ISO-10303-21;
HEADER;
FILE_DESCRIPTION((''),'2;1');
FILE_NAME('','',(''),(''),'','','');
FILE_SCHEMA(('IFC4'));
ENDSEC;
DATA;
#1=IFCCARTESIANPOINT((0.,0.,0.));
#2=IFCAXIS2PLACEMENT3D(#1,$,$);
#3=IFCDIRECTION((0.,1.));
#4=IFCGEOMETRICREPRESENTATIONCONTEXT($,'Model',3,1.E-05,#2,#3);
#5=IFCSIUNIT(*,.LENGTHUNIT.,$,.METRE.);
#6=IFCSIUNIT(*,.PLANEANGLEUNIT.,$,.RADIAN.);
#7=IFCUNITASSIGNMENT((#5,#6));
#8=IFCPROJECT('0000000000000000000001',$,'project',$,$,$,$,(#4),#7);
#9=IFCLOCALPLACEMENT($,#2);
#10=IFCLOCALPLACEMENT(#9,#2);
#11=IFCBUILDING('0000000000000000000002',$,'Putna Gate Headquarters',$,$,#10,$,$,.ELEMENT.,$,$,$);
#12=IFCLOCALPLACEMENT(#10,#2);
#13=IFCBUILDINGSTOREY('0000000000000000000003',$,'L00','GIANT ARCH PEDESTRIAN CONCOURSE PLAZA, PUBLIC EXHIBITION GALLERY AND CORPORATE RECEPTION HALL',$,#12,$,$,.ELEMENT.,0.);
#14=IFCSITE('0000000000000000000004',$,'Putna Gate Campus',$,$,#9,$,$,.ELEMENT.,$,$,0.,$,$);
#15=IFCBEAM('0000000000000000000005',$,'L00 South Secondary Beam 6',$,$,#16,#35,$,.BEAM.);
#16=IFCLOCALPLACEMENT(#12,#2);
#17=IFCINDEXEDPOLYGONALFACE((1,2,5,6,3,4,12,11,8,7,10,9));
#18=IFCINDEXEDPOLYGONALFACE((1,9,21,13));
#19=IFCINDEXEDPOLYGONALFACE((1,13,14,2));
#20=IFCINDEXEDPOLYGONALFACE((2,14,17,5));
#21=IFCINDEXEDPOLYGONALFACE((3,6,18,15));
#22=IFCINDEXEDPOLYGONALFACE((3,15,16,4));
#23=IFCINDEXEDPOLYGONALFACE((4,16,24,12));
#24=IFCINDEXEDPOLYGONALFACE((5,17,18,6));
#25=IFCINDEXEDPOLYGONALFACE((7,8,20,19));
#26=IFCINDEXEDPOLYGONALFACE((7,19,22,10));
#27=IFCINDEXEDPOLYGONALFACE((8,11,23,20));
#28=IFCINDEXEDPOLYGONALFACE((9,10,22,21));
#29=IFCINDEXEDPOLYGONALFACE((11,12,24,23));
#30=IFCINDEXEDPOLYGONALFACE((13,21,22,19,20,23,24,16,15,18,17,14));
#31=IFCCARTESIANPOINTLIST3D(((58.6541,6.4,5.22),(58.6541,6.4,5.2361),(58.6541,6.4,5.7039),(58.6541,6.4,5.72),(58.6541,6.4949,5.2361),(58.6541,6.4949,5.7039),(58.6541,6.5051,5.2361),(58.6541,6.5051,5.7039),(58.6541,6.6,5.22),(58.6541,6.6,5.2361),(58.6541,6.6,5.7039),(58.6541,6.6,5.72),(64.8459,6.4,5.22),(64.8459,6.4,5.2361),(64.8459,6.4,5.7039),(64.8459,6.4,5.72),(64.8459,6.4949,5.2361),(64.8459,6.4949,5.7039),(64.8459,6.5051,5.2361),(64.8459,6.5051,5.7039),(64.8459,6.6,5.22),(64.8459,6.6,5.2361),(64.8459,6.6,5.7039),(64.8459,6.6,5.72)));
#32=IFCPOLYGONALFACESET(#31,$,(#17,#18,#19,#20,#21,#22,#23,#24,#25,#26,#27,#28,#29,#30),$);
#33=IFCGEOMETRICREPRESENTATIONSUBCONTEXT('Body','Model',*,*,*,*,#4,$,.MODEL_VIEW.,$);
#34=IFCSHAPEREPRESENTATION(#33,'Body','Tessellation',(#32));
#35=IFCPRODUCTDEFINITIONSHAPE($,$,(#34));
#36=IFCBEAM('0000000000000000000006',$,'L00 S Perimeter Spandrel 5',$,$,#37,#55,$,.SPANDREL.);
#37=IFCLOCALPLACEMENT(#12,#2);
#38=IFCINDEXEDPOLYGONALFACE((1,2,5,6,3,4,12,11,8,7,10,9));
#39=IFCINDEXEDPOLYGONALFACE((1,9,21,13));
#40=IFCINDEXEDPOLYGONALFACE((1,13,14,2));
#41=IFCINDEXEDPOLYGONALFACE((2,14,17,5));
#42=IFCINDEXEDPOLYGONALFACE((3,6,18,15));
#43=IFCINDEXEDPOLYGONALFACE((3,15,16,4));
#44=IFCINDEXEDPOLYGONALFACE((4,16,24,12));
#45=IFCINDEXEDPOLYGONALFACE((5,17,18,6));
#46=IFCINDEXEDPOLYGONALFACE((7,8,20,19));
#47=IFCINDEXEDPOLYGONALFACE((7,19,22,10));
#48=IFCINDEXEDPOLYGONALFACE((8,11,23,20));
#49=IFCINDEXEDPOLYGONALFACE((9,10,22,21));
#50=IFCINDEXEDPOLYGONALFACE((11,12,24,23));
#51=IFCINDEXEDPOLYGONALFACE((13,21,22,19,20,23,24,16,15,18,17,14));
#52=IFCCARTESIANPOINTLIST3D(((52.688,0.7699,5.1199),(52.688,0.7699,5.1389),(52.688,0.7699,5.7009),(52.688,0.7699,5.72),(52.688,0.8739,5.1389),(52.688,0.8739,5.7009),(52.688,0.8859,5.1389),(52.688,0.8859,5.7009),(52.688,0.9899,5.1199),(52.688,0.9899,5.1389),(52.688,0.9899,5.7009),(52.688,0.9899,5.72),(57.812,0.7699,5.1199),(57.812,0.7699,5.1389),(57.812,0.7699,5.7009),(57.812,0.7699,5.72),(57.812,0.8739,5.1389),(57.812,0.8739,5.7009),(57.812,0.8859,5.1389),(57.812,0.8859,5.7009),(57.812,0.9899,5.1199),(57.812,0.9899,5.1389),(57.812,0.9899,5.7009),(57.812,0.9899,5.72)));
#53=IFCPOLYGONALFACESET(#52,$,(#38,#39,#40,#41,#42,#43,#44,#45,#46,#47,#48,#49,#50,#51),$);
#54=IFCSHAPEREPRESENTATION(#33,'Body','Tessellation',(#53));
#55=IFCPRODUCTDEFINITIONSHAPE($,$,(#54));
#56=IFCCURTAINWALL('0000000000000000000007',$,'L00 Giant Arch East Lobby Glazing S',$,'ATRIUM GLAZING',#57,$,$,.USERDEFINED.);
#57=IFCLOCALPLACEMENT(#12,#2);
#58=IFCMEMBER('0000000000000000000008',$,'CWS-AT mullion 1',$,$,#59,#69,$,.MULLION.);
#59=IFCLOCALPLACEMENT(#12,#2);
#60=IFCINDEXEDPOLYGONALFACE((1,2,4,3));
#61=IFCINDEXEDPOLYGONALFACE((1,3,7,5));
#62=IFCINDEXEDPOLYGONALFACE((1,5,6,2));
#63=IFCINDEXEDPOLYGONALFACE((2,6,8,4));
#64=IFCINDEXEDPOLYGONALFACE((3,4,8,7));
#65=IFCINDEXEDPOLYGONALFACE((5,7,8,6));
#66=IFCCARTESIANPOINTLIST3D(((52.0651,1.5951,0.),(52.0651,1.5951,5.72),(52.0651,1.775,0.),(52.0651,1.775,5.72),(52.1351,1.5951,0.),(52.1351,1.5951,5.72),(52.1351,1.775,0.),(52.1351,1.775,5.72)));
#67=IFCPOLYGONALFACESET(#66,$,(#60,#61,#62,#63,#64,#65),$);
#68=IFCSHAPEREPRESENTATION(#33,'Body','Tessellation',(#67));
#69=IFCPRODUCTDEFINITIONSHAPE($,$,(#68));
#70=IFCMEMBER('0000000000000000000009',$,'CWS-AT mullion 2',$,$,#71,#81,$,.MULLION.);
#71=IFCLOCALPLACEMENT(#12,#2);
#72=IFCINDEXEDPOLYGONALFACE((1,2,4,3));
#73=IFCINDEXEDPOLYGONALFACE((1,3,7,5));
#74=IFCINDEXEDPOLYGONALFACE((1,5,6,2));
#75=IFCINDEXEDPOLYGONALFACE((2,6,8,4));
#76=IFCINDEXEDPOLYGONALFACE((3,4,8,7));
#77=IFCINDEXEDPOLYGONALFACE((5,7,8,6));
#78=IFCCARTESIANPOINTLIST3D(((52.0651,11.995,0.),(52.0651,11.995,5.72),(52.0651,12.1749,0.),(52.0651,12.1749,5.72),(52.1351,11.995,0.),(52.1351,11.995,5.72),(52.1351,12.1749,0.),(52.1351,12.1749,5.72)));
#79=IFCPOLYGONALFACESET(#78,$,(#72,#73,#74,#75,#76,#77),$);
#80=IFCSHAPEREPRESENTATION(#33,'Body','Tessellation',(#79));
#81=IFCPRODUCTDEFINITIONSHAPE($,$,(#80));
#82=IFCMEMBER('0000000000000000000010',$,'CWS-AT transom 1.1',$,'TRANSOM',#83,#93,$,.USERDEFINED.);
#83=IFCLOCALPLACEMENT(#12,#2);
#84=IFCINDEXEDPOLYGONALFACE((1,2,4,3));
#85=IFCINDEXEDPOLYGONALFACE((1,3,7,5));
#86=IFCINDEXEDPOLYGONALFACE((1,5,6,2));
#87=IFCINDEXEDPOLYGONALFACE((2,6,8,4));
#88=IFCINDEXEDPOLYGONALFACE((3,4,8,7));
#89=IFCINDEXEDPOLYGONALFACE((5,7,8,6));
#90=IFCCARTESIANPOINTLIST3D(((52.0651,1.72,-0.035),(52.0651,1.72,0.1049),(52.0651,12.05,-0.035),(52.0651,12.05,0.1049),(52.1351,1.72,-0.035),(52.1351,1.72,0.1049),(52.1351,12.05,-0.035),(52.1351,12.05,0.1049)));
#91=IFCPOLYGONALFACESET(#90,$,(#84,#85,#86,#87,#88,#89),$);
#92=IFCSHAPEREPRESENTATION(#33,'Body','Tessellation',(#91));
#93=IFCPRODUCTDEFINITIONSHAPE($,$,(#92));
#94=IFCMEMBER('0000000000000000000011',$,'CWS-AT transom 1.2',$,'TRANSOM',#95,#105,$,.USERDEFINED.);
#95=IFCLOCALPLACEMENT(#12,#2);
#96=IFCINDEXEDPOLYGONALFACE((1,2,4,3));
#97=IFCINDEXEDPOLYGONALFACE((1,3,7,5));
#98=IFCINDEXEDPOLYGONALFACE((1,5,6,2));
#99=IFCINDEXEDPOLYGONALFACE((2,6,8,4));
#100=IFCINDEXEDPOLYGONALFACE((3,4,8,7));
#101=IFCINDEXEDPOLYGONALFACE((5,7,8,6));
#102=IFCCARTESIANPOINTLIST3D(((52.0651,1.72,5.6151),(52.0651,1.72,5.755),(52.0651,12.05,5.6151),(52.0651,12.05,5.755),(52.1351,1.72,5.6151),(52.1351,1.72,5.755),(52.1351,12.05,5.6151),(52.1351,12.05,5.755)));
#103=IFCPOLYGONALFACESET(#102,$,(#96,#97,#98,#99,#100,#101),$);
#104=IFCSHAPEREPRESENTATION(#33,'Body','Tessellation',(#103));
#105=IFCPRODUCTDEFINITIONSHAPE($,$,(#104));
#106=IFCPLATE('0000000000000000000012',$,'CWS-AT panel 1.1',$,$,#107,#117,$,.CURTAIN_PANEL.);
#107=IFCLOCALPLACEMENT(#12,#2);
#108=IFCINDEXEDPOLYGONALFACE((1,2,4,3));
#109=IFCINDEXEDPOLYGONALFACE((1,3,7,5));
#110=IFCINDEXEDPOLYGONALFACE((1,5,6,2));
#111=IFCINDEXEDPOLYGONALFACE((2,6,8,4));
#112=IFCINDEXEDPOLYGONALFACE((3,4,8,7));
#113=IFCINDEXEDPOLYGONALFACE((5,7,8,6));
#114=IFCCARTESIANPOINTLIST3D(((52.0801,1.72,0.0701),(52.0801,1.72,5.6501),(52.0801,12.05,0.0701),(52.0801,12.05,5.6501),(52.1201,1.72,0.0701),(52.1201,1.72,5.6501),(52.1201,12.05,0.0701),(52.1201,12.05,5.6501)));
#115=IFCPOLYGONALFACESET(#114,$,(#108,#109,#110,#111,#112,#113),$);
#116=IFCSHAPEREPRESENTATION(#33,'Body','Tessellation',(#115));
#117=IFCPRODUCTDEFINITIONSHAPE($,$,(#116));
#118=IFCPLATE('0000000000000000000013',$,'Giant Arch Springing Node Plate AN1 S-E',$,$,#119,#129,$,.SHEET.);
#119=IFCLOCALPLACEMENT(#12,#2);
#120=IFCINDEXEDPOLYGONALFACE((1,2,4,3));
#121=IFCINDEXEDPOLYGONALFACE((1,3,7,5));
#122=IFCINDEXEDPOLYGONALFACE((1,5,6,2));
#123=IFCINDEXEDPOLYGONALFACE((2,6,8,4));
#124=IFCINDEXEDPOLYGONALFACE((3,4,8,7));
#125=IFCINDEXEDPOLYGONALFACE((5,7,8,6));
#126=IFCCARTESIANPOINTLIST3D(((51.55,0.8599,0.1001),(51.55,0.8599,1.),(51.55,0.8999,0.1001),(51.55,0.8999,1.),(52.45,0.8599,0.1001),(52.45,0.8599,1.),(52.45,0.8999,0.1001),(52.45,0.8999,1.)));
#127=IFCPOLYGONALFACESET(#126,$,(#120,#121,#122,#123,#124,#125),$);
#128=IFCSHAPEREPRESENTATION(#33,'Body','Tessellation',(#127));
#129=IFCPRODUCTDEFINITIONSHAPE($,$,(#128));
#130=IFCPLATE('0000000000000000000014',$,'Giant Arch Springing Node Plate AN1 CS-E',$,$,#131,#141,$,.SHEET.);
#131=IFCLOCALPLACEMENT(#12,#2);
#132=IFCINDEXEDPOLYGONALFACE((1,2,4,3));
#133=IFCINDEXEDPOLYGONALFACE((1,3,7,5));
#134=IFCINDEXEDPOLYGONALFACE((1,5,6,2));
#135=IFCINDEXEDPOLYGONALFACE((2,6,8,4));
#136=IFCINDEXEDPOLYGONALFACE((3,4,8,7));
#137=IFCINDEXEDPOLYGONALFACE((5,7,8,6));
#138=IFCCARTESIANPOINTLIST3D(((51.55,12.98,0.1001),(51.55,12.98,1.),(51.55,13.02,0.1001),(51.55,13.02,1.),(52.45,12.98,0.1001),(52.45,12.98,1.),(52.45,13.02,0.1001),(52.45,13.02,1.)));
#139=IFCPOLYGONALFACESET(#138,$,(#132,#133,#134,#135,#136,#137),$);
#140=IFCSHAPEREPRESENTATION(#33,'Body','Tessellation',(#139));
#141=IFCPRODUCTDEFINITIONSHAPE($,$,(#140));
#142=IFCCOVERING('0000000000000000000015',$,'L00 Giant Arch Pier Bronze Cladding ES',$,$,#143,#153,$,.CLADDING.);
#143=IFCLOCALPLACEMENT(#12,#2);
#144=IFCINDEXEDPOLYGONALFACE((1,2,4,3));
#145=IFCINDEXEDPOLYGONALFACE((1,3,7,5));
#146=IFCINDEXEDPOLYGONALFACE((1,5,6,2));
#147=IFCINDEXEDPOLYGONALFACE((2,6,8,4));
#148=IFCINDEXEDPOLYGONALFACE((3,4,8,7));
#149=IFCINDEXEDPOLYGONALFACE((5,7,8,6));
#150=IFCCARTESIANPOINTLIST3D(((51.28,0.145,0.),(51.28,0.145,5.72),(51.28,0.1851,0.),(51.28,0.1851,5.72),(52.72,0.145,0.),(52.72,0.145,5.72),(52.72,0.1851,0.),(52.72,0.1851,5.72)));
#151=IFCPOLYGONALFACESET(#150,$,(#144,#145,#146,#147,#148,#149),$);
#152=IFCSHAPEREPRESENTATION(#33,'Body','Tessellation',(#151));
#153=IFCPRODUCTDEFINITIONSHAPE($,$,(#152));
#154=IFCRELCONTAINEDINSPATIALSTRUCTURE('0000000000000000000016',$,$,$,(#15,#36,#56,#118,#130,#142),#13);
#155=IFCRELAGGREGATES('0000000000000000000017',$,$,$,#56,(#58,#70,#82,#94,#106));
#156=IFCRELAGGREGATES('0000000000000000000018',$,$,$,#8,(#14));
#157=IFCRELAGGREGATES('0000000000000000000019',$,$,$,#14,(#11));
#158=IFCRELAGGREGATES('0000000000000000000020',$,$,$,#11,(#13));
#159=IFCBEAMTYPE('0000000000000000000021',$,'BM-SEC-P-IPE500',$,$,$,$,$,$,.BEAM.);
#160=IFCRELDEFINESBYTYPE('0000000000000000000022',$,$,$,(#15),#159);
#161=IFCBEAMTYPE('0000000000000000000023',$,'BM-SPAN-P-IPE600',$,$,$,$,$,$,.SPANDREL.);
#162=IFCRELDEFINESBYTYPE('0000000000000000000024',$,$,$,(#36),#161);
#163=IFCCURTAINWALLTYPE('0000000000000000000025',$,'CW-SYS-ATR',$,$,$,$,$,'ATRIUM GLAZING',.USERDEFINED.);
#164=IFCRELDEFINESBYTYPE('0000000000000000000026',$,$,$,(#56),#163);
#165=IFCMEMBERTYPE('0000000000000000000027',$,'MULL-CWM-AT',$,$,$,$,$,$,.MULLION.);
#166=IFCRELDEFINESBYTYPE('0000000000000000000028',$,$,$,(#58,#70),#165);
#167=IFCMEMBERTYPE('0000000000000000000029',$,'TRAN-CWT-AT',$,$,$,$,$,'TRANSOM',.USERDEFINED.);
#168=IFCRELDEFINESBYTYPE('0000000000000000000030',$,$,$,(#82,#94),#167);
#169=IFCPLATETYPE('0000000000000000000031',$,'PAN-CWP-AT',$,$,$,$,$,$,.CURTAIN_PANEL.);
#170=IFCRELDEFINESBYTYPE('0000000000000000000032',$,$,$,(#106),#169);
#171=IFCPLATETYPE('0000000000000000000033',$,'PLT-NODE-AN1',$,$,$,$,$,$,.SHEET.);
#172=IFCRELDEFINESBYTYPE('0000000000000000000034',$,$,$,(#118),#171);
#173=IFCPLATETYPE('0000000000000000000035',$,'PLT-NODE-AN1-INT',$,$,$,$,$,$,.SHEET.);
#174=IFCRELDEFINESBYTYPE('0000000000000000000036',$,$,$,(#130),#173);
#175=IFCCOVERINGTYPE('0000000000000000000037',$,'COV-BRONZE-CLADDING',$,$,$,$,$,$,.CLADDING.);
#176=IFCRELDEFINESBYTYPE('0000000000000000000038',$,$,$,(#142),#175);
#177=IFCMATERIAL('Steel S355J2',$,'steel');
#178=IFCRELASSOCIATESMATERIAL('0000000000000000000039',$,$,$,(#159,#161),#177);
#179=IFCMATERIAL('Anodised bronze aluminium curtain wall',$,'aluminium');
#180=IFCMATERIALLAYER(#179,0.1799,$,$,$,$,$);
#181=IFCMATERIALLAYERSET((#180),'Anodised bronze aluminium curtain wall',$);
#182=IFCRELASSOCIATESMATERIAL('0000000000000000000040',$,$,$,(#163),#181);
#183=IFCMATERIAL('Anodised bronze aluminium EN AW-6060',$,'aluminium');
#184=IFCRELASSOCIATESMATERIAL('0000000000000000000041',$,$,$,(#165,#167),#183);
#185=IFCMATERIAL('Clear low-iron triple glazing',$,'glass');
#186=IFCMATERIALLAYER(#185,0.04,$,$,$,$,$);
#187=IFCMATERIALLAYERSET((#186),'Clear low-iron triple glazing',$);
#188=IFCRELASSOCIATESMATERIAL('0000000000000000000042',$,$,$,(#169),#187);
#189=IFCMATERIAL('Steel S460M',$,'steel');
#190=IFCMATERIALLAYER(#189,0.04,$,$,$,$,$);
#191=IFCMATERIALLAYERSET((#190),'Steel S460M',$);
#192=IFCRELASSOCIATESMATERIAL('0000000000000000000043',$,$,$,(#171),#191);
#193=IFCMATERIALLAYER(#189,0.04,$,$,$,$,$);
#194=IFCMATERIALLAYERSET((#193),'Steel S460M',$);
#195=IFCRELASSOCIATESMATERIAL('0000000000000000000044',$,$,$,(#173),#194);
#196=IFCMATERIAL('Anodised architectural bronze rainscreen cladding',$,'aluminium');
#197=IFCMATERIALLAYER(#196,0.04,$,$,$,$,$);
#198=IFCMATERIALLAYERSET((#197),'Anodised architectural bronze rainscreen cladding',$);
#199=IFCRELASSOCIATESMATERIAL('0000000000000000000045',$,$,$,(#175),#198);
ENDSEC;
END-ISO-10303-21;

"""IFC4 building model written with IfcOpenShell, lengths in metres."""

from ifc_helpers import new_model, si_unit, direction, frame, origin, origin_2d, place, context, subcontext, project, spatial, rectangle, i_section, extrude, material, layer, layer_set, material_profile, profile_set, type_object, element, aggregate, save


model = new_model("IFC4")

# Units and contexts
model_context = context("Model", 3, precision=1e-05, world=origin(), true_north=direction((0.0, 1.0)))
body_context = subcontext(model_context, "Body", "Model", "MODEL_VIEW")
ifc_project = project(units=[si_unit("LENGTHUNIT", "METRE"), si_unit("PLANEANGLEUNIT", "RADIAN")], contexts=[model_context])

# Site, building, storey
site_placement = place(None, origin())
site = spatial("IfcSite", under=ifc_project, at=site_placement, Name="Putna Gate Campus", CompositionType="ELEMENT", RefElevation=0.0)
building_placement = place(site_placement, origin())
building = spatial("IfcBuilding", under=site, at=building_placement, Name="Putna Gate Headquarters", CompositionType="ELEMENT")
storey_placement = place(building_placement, origin())
storey = spatial("IfcBuildingStorey", under=building, at=storey_placement, Name="L00", Description="GIANT ARCH PEDESTRIAN CONCOURSE PLAZA, PUBLIC EXHIBITION GALLERY AND CORPORATE RECEPTION HALL", CompositionType="ELEMENT", Elevation=0.0)

# Beams
ifc_material_1 = material(Name="Steel S355J2", Category="steel")
ifc_material_profile_1 = material_profile(ifc_material_1, i_section(OverallWidth=0.2, OverallDepth=0.5, WebThickness=0.0103, FlangeThickness=0.0161, at=origin_2d()), Name="Steel S355J2")
ifc_profile_set_1 = profile_set([ifc_material_profile_1], Name="Steel S355J2")
beam_type_1 = type_object("IfcBeamType", Name="BM-SEC-P-IPE500", PredefinedType="BEAM", material=ifc_profile_set_1)
for number, where, z_axis, x_axis, name in (
    (1, (58.6541, 6.5, 5.47), (1.0, 0.0, 0.0), (0.0, 1.0, 0.0), "L00 South Secondary Beam 6"),
):
    element("IfcBeam", number, at=place(storey_placement, frame(where, z_axis=z_axis, x_axis=x_axis)), inside=storey, type_object=beam_type_1, Name=name, PredefinedType="BEAM", context=body_context, shape_type="SweptSolid", body=[
        extrude(i_section(OverallWidth=0.2, OverallDepth=0.5, WebThickness=0.0103, FlangeThickness=0.0161, at=origin_2d()), origin(), (0.0, 0.0, 1.0), 6.1919),
    ])
ifc_material_profile_2 = material_profile(ifc_material_1, i_section(OverallWidth=0.22, OverallDepth=0.6001, WebThickness=0.012, FlangeThickness=0.019, at=origin_2d()), Name="Steel S355J2")
ifc_profile_set_2 = profile_set([ifc_material_profile_2], Name="Steel S355J2")
beam_type_2 = type_object("IfcBeamType", Name="BM-SPAN-P-IPE600", PredefinedType="SPANDREL", material=ifc_profile_set_2)
beam_1_placement = place(storey_placement, frame((52.688, 0.8799, 5.4199), z_axis=(1.0, 0.0, 0.0), x_axis=(0.0, 1.0, 0.0)))
element("IfcBeam", 2, at=beam_1_placement, inside=storey, type_object=beam_type_2, Name="L00 S Perimeter Spandrel 5", PredefinedType="SPANDREL", context=body_context, shape_type="SweptSolid", body=[
    extrude(i_section(OverallWidth=0.22, OverallDepth=0.6001, WebThickness=0.012, FlangeThickness=0.019, at=origin_2d()), origin(), (0.0, 0.0, 1.0), 5.124),
])

# Curtain wall, members, plate
ifc_material_2 = material(Name="Anodised bronze aluminium curtain wall", Category="aluminium")
ifc_layer_1 = layer(ifc_material_2, 0.1799)
ifc_layer_set_1 = layer_set([ifc_layer_1], Name="Anodised bronze aluminium curtain wall")
curtain_wall_type = type_object("IfcCurtainWallType", Name="CW-SYS-ATR", ElementType="ATRIUM GLAZING", PredefinedType="USERDEFINED", material=ifc_layer_set_1)
curtain_wall_placement = place(storey_placement, origin())
curtain_wall = element("IfcCurtainWall", 3, at=curtain_wall_placement, inside=storey, type_object=curtain_wall_type, Name="L00 Giant Arch East Lobby Glazing S", ObjectType="ATRIUM GLAZING", PredefinedType="USERDEFINED")
ifc_material_3 = material(Name="Anodised bronze aluminium EN AW-6060", Category="aluminium")
ifc_material_profile_3 = material_profile(ifc_material_3, rectangle(XDim=0.0701, YDim=0.1799, at=origin_2d()), Name="Anodised bronze aluminium EN AW-6060")
ifc_profile_set_3 = profile_set([ifc_material_profile_3], Name="Anodised bronze aluminium EN AW-6060")
member_type_1 = type_object("IfcMemberType", Name="MULL-CWM-AT", PredefinedType="MULLION", material=ifc_profile_set_3)
member_1_placement = place(storey_placement, frame((52.1001, 1.6851, 0.0), z_axis=(0.0, 0.0, 1.0), x_axis=(-1.0, 0.0, 0.0)))
member_1 = element("IfcMember", 4, at=member_1_placement, type_object=member_type_1, Name="CWS-AT mullion 1", PredefinedType="MULLION", context=body_context, shape_type="SweptSolid", body=[
    extrude(rectangle(XDim=0.0701, YDim=0.1799, at=origin_2d()), origin(), (0.0, 0.0, 1.0), 5.72),
])
member_2_placement = place(storey_placement, frame((52.1001, 12.085, 0.0), z_axis=(0.0, 0.0, 1.0), x_axis=(-1.0, 0.0, 0.0)))
member_2 = element("IfcMember", 5, at=member_2_placement, type_object=member_type_1, Name="CWS-AT mullion 2", PredefinedType="MULLION", context=body_context, shape_type="SweptSolid", body=[
    extrude(rectangle(XDim=0.0701, YDim=0.1799, at=origin_2d()), origin(), (0.0, 0.0, 1.0), 5.72),
])
ifc_material_profile_4 = material_profile(ifc_material_3, rectangle(XDim=0.0701, YDim=0.1399, at=origin_2d()), Name="Anodised bronze aluminium EN AW-6060")
ifc_profile_set_4 = profile_set([ifc_material_profile_4], Name="Anodised bronze aluminium EN AW-6060")
member_type_2 = type_object("IfcMemberType", Name="TRAN-CWT-AT", ElementType="TRANSOM", PredefinedType="USERDEFINED", material=ifc_profile_set_4)
member_3_placement = place(storey_placement, frame((52.1001, 1.72, 0.0349), z_axis=(0.0, 1.0, 0.0), x_axis=(-1.0, 0.0, 0.0)))
member_3 = element("IfcMember", 6, at=member_3_placement, type_object=member_type_2, Name="CWS-AT transom 1.1", ObjectType="TRANSOM", PredefinedType="USERDEFINED", context=body_context, shape_type="SweptSolid", body=[
    extrude(rectangle(XDim=0.0701, YDim=0.1399, at=origin_2d()), origin(), (0.0, 0.0, 1.0), 10.3301),
])
member_4_placement = place(storey_placement, frame((52.1001, 1.72, 5.6851), z_axis=(0.0, 1.0, 0.0), x_axis=(-1.0, 0.0, 0.0)))
member_4 = element("IfcMember", 7, at=member_4_placement, type_object=member_type_2, Name="CWS-AT transom 1.2", ObjectType="TRANSOM", PredefinedType="USERDEFINED", context=body_context, shape_type="SweptSolid", body=[
    extrude(rectangle(XDim=0.0701, YDim=0.1399, at=origin_2d()), origin(), (0.0, 0.0, 1.0), 10.3301),
])
ifc_material_4 = material(Name="Clear low-iron triple glazing", Category="glass")
ifc_layer_2 = layer(ifc_material_4, 0.04)
ifc_layer_set_2 = layer_set([ifc_layer_2], Name="Clear low-iron triple glazing")
plate_type_1 = type_object("IfcPlateType", Name="PAN-CWP-AT", PredefinedType="CURTAIN_PANEL", material=ifc_layer_set_2)
plate_1_placement = place(storey_placement, frame((52.1001, 6.885, 0.0701), z_axis=(0.0, 0.0, 1.0), x_axis=(0.0, 1.0, 0.0)))
plate_1 = element("IfcPlate", 8, at=plate_1_placement, type_object=plate_type_1, Name="CWS-AT panel 1.1", PredefinedType="CURTAIN_PANEL", context=body_context, shape_type="SweptSolid", body=[
    extrude(rectangle(XDim=10.3301, YDim=0.04, at=origin_2d()), origin(), (0.0, 0.0, 1.0), 5.5801),
])
aggregate(curtain_wall, [member_1, member_2, member_3, member_4, plate_1])

# Plates
ifc_material_5 = material(Name="Steel S460M", Category="steel")
ifc_layer_3 = layer(ifc_material_5, 0.04)
ifc_layer_set_3 = layer_set([ifc_layer_3], Name="Steel S460M")
plate_type_2 = type_object("IfcPlateType", Name="PLT-NODE-AN1", PredefinedType="SHEET", material=ifc_layer_set_3)
plate_2_placement = place(storey_placement, frame((52.0, 0.8799, 0.1001), z_axis=(0.0, 0.0, 1.0), x_axis=(1.0, 0.0, 0.0)))
element("IfcPlate", 9, at=plate_2_placement, inside=storey, type_object=plate_type_2, Name="Giant Arch Springing Node Plate AN1 S-E", PredefinedType="SHEET", context=body_context, shape_type="SweptSolid", body=[
    extrude(rectangle(XDim=0.8999, YDim=0.04, at=origin_2d()), origin(), (0.0, 0.0, 1.0), 0.8999),
])
ifc_layer_4 = layer(ifc_material_5, 0.04)
ifc_layer_set_4 = layer_set([ifc_layer_4], Name="Steel S460M")
plate_type_3 = type_object("IfcPlateType", Name="PLT-NODE-AN1-INT", PredefinedType="SHEET", material=ifc_layer_set_4)
plate_3_placement = place(storey_placement, frame((52.0, 13.0, 0.1001), z_axis=(0.0, 0.0, 1.0), x_axis=(1.0, 0.0, 0.0)))
element("IfcPlate", 10, at=plate_3_placement, inside=storey, type_object=plate_type_3, Name="Giant Arch Springing Node Plate AN1 CS-E", PredefinedType="SHEET", context=body_context, shape_type="SweptSolid", body=[
    extrude(rectangle(XDim=0.8999, YDim=0.04, at=origin_2d()), origin(), (0.0, 0.0, 1.0), 0.8999),
])

# Covering
ifc_material_6 = material(Name="Anodised architectural bronze rainscreen cladding", Category="aluminium")
ifc_layer_5 = layer(ifc_material_6, 0.04)
ifc_layer_set_5 = layer_set([ifc_layer_5], Name="Anodised architectural bronze rainscreen cladding")
covering_type = type_object("IfcCoveringType", Name="COV-BRONZE-CLADDING", PredefinedType="CLADDING", material=ifc_layer_set_5)
covering_placement = place(storey_placement, frame((52.0, 0.165, 0.0), z_axis=(0.0, 0.0, 1.0), x_axis=(1.0, 0.0, 0.0)))
element("IfcCovering", 11, at=covering_placement, inside=storey, type_object=covering_type, Name="L00 Giant Arch Pier Bronze Cladding ES", PredefinedType="CLADDING", context=body_context, shape_type="SweptSolid", body=[
    extrude(rectangle(XDim=1.4399, YDim=0.04, at=origin_2d()), origin(), (0.0, 0.0, 1.0), 5.72),
])

save(model, "model.ifc")
